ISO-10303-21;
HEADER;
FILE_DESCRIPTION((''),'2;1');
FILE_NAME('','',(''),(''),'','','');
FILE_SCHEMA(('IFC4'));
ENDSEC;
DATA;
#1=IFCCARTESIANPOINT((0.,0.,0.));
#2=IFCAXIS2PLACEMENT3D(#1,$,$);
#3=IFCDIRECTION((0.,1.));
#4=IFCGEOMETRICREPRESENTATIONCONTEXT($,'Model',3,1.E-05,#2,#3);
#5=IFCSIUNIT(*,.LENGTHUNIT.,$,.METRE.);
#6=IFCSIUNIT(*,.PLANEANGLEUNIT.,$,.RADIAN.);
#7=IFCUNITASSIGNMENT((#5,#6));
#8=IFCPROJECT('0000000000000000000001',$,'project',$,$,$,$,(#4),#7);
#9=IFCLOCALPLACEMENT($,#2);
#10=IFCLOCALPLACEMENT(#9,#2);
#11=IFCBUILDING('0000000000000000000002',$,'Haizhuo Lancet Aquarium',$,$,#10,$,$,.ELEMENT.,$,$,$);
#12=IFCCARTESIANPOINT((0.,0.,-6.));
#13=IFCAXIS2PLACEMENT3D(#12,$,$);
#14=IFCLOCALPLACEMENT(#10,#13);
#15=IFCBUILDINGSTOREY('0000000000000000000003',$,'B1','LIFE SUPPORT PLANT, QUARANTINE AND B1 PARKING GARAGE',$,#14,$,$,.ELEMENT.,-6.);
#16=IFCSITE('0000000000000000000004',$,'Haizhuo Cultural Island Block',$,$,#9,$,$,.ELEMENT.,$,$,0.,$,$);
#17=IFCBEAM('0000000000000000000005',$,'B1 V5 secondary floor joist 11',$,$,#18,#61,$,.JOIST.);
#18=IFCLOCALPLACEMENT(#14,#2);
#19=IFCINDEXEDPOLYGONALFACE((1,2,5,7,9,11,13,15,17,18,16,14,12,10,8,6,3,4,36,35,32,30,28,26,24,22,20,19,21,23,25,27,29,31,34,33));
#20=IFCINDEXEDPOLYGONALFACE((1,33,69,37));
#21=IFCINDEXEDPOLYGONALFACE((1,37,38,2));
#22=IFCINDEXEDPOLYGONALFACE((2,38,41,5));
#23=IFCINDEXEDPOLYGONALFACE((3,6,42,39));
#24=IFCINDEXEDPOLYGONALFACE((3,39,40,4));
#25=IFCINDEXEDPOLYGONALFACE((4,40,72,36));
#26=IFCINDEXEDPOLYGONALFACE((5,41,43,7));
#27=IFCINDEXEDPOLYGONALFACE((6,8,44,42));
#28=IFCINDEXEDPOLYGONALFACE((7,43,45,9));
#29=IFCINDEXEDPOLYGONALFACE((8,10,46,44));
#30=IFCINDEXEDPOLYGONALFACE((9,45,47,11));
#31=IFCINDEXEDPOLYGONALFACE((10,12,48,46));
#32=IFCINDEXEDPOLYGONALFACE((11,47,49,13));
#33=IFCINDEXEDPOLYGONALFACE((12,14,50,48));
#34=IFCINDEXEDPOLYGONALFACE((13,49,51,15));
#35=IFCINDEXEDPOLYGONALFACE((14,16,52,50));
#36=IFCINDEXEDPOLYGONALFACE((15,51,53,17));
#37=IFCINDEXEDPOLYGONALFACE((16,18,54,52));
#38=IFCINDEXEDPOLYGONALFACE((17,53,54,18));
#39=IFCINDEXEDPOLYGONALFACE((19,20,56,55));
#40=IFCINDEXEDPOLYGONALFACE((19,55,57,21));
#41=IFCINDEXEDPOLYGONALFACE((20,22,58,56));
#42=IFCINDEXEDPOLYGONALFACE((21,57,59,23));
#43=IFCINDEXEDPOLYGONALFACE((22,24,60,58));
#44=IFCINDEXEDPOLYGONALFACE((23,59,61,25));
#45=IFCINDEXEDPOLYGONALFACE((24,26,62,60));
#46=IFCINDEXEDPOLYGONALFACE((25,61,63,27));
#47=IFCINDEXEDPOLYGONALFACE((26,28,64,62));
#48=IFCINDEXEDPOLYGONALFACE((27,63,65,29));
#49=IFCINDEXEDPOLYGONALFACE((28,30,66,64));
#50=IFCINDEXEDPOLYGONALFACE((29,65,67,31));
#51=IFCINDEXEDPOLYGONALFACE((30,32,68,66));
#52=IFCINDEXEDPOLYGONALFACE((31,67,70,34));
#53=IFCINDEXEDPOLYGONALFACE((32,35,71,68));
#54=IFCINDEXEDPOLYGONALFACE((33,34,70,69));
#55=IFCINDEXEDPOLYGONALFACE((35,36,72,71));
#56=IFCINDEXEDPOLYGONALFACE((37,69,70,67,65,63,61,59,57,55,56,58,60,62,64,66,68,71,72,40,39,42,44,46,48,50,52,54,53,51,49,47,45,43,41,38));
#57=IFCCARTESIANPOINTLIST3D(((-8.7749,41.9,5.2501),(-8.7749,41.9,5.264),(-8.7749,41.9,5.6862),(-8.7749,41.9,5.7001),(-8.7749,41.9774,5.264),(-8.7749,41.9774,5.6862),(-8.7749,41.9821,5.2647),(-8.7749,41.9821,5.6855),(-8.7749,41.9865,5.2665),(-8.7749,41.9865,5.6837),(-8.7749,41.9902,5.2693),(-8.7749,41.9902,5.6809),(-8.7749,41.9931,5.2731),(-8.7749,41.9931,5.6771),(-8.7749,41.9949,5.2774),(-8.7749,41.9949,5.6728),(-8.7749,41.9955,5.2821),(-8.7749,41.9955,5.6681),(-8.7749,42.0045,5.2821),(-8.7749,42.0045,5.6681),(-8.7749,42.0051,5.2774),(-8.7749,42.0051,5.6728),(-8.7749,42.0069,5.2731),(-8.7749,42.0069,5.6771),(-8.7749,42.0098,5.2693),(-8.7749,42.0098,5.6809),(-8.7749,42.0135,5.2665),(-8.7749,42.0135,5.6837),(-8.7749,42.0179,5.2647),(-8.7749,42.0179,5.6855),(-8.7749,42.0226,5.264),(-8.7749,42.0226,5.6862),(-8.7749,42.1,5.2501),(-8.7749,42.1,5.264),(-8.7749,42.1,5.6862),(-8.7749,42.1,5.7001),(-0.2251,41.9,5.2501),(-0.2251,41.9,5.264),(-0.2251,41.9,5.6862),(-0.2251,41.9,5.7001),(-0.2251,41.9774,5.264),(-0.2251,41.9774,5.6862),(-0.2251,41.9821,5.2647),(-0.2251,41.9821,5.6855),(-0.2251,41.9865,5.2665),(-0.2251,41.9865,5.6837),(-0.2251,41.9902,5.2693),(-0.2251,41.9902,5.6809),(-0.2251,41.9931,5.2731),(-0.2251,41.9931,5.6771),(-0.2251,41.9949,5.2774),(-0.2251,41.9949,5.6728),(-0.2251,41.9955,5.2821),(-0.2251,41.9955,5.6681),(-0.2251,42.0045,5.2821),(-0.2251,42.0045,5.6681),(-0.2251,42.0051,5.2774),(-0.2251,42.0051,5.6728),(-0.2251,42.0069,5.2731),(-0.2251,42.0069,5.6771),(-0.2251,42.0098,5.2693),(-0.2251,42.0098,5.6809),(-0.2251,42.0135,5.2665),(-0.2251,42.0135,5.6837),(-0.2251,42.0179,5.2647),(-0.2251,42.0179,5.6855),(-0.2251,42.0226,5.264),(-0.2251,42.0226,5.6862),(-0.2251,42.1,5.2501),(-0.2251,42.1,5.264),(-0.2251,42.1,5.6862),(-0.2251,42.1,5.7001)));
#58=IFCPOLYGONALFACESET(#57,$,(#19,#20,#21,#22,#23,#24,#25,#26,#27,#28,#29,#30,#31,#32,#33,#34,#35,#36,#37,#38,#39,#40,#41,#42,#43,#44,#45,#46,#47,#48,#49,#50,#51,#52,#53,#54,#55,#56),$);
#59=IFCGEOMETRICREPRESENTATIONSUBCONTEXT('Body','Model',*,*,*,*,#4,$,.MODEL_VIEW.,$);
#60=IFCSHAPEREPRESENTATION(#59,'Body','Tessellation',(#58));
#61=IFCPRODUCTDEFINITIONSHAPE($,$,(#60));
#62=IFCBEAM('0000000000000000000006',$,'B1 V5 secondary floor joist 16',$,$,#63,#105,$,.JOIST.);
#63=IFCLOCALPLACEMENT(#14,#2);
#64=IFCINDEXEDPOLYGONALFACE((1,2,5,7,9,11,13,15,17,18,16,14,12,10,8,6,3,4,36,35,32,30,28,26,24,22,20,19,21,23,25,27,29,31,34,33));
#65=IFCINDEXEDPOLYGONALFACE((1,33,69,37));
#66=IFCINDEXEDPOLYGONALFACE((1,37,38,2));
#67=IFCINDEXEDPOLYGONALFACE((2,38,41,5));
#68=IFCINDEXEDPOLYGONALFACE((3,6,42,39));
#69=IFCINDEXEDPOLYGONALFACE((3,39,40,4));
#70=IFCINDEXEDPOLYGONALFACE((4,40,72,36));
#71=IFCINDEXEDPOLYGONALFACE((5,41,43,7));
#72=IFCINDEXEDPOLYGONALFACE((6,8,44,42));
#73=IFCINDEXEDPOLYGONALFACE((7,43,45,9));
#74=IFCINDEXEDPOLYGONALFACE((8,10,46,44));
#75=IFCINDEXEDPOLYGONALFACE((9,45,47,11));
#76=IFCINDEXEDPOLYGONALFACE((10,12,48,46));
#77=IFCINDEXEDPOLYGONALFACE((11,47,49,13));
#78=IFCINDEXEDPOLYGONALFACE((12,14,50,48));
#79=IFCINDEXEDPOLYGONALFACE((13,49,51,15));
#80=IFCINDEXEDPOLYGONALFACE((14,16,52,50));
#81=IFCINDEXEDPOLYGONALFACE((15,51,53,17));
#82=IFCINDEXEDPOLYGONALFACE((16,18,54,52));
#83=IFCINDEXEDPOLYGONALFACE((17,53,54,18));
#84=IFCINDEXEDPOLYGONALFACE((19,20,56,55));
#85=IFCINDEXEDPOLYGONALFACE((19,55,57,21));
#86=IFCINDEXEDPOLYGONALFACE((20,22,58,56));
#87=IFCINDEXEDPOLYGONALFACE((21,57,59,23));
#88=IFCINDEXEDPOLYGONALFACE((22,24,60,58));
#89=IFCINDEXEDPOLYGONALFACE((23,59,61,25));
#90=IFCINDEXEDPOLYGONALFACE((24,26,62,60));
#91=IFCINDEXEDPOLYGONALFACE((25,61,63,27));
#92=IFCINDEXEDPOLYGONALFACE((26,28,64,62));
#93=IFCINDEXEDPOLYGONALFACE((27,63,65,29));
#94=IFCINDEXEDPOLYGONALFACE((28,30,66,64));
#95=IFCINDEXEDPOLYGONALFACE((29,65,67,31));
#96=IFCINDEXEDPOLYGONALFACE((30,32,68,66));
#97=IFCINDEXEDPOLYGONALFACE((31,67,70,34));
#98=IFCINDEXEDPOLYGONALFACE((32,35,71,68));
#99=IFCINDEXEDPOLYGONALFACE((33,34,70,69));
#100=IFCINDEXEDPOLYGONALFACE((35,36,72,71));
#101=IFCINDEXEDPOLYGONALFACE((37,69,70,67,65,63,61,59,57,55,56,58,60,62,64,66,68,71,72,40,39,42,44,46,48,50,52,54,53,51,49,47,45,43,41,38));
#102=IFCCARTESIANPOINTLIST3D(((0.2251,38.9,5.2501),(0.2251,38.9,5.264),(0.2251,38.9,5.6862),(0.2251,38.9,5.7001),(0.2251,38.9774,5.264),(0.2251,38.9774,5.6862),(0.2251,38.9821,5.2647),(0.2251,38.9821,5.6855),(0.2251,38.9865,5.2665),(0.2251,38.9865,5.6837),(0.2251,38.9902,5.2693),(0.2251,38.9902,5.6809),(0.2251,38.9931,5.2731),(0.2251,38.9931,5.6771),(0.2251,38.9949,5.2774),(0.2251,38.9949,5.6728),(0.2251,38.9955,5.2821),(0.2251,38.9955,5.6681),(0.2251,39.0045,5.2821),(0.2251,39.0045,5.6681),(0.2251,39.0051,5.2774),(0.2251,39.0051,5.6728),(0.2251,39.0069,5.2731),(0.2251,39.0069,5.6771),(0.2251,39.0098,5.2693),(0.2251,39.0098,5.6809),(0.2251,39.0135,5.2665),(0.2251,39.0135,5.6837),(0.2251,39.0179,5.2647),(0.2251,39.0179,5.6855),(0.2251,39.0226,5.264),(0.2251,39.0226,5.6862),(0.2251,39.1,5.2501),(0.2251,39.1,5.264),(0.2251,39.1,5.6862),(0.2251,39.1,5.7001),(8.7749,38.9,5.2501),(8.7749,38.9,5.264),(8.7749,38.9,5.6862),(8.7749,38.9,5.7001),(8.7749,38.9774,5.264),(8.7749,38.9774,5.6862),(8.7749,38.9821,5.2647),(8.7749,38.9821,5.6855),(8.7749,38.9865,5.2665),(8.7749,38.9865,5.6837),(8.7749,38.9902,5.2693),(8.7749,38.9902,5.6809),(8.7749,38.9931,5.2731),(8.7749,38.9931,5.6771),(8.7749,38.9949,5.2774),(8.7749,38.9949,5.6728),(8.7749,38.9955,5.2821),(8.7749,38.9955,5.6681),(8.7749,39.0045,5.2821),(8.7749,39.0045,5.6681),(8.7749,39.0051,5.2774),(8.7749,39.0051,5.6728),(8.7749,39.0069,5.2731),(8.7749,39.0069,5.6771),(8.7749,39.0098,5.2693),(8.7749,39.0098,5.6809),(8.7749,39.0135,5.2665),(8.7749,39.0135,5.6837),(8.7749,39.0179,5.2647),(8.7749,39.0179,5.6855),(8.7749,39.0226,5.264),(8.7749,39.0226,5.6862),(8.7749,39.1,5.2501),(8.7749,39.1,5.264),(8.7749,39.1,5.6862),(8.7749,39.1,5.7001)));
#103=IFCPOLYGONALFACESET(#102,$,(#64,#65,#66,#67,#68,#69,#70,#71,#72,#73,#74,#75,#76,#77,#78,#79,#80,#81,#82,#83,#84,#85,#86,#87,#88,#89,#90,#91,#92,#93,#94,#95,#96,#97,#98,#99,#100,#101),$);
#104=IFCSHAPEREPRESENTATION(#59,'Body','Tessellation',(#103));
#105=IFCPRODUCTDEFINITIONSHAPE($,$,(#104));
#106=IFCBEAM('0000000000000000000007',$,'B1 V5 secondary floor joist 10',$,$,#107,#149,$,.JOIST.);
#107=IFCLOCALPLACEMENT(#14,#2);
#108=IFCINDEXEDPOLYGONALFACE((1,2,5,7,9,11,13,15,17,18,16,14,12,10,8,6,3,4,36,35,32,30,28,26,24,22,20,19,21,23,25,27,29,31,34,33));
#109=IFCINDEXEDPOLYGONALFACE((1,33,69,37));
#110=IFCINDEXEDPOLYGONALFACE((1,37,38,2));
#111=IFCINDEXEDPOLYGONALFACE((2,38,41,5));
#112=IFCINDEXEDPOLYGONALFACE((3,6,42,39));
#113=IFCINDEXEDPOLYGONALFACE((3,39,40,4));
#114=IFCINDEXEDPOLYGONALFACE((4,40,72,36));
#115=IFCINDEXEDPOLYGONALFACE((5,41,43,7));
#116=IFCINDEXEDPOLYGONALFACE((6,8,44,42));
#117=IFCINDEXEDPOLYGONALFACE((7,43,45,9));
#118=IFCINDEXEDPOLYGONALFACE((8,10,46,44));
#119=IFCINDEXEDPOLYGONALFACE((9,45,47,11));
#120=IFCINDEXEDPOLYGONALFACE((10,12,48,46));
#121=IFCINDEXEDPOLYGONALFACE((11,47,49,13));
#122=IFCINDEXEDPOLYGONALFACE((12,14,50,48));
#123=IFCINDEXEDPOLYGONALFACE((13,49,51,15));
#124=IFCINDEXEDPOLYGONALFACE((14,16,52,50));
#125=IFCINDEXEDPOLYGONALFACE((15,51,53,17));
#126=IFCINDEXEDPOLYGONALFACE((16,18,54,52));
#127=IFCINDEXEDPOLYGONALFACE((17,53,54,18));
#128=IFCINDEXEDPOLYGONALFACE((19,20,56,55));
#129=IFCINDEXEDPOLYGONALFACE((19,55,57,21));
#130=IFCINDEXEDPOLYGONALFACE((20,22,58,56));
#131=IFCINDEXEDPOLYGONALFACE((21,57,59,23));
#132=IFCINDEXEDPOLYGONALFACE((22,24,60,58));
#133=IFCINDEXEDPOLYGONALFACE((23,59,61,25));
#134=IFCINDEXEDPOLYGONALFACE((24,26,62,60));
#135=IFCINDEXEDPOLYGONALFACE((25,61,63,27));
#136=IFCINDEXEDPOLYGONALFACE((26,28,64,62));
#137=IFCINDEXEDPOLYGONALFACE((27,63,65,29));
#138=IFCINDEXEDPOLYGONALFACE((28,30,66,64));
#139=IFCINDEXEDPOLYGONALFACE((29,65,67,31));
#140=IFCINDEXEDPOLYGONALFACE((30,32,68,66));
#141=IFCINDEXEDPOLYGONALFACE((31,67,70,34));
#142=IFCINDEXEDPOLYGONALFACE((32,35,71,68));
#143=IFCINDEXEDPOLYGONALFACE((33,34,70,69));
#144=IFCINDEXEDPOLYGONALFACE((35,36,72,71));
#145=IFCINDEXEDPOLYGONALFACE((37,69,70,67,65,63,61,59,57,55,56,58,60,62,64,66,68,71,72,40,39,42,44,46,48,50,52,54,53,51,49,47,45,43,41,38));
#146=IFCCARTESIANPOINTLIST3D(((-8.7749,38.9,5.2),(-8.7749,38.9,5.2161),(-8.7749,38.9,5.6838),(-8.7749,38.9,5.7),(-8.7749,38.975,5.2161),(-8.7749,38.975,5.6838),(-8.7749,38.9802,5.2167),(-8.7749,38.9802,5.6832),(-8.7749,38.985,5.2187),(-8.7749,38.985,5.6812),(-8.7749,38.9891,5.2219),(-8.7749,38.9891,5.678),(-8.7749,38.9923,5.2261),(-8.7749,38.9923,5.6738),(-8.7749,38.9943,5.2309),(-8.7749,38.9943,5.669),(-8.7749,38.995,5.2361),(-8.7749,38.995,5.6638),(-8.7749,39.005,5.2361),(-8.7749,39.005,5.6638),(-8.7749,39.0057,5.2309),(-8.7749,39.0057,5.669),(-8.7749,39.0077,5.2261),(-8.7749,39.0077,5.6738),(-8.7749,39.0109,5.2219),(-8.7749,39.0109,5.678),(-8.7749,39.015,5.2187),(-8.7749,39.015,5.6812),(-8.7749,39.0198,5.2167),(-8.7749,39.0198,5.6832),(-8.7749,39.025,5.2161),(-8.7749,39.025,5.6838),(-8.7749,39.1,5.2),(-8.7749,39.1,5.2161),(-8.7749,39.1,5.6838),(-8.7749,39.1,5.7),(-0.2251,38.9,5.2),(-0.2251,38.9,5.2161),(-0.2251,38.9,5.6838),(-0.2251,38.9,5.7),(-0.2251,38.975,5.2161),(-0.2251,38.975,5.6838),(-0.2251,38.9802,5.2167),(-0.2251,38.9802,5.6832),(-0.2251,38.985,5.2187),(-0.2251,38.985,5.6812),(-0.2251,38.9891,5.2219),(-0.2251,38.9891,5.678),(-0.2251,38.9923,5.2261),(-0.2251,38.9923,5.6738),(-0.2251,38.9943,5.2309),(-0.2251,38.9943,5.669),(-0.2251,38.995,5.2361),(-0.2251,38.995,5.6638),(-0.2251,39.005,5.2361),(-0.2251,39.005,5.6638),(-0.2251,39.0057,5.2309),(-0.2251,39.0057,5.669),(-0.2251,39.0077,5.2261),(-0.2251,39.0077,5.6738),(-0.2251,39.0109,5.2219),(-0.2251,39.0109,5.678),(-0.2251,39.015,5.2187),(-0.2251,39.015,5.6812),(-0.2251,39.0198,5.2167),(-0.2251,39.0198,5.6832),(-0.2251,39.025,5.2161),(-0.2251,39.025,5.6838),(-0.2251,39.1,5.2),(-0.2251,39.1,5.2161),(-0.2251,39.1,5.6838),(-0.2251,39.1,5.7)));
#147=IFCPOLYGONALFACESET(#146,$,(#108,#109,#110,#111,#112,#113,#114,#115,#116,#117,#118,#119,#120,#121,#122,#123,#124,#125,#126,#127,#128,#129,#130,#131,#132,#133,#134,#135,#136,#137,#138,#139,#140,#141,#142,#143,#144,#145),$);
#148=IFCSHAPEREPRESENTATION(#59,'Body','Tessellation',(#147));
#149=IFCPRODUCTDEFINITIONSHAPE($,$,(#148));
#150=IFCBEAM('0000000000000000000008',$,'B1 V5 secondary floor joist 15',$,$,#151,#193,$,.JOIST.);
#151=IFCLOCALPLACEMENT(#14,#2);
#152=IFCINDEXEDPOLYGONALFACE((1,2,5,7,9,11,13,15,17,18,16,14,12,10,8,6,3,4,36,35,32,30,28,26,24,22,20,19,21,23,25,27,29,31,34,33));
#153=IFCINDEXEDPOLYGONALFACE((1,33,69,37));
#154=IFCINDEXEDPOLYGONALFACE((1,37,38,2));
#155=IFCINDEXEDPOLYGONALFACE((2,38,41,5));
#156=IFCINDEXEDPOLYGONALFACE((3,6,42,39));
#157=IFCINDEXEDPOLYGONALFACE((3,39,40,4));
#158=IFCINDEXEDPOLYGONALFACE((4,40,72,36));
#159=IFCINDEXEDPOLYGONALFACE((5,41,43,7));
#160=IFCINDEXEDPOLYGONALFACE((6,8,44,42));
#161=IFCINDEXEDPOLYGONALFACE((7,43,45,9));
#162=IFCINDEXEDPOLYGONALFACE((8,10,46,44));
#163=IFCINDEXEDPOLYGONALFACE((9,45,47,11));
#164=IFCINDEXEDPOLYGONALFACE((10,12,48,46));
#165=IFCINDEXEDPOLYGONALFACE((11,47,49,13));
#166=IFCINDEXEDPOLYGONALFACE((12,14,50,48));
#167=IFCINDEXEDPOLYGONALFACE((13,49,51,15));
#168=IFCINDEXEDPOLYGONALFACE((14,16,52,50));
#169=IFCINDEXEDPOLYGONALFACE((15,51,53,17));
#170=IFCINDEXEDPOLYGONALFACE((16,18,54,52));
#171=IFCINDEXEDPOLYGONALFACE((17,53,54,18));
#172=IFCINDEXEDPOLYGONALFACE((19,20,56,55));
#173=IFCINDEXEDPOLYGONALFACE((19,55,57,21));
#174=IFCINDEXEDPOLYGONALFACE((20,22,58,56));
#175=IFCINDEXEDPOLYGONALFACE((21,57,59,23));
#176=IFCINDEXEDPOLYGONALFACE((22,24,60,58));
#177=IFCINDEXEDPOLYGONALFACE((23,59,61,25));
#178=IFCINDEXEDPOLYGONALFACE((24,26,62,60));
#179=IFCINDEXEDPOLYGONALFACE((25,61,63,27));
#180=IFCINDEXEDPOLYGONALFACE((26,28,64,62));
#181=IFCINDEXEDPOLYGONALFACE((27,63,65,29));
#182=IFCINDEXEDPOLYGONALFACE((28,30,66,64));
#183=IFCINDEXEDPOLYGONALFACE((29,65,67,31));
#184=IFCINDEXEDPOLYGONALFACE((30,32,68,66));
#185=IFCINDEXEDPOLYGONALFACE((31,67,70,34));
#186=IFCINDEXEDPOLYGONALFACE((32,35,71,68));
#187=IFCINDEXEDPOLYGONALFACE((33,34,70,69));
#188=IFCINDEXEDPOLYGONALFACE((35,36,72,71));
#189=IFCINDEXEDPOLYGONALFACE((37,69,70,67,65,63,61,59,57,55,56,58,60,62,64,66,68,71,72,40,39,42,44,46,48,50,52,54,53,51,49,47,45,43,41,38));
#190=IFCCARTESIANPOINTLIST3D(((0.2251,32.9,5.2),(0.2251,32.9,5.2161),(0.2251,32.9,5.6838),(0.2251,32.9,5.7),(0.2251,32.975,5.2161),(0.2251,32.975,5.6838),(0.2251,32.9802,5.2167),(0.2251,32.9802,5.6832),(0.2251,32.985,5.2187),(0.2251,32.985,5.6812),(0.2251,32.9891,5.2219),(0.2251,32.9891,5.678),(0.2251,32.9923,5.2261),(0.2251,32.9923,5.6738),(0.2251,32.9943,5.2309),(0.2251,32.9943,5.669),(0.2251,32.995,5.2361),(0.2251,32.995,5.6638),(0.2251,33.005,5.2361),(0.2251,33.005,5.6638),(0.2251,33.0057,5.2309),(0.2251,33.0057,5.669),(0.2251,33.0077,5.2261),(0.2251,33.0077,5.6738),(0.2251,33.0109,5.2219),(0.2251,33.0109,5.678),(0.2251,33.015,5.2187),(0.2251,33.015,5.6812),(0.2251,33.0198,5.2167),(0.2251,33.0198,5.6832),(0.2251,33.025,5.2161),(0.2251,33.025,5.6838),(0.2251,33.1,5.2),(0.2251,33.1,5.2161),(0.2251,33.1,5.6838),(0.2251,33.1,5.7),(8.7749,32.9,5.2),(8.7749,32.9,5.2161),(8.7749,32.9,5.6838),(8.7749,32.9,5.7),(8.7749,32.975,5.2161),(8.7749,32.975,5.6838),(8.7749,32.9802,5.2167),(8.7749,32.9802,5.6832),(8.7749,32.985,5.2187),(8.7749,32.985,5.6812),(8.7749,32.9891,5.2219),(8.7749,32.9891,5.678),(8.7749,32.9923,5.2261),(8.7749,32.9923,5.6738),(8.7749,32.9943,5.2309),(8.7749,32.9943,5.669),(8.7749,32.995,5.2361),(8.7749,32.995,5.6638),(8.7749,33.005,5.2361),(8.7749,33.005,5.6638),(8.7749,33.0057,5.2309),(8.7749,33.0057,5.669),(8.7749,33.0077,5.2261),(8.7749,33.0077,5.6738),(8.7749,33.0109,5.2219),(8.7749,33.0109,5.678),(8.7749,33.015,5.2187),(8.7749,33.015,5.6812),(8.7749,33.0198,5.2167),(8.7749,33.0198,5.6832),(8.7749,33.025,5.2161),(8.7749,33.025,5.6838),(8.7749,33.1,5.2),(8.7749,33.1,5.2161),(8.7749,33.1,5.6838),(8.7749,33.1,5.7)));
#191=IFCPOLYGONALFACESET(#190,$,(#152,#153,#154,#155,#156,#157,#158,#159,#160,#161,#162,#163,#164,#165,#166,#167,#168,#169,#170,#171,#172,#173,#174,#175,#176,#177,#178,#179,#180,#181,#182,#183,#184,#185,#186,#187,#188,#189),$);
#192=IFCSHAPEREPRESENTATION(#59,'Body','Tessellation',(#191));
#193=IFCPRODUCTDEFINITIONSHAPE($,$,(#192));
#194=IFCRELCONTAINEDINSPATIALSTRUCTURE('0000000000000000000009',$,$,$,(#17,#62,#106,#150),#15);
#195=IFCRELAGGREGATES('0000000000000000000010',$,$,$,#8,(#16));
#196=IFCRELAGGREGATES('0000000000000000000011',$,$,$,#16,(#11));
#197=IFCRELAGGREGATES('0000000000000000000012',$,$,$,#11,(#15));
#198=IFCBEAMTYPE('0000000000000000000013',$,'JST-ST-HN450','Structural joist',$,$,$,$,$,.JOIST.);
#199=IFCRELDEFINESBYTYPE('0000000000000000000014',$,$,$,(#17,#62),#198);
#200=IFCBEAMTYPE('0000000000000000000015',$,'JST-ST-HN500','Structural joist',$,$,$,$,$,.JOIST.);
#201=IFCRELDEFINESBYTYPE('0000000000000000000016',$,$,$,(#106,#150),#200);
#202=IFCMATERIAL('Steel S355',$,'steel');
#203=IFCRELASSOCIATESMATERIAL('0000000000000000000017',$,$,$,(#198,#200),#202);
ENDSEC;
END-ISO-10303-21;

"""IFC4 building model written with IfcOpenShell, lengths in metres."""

from ifc_helpers import new_model, si_unit, direction, frame, origin, origin_2d, place, context, subcontext, project, spatial, i_section, extrude, material, material_profile, profile_set, type_object, element, save


model = new_model("IFC4")

# Units and contexts
model_context = context("Model", 3, precision=1e-05, world=origin(), true_north=direction((0.0, 1.0)))
body_context = subcontext(model_context, "Body", "Model", "MODEL_VIEW")
ifc_project = project(units=[si_unit("LENGTHUNIT", "METRE"), si_unit("PLANEANGLEUNIT", "RADIAN")], contexts=[model_context])

# Site, building, storey
site_placement = place(None, origin())
site = spatial("IfcSite", under=ifc_project, at=site_placement, Name="Haizhuo Cultural Island Block", CompositionType="ELEMENT", RefElevation=0.0)
building_placement = place(site_placement, origin())
building = spatial("IfcBuilding", under=site, at=building_placement, Name="Haizhuo Lancet Aquarium", CompositionType="ELEMENT")
storey_placement = place(building_placement, frame((0.0, 0.0, -6.0)))
storey = spatial("IfcBuildingStorey", under=building, at=storey_placement, Name="B1", Description="LIFE SUPPORT PLANT, QUARANTINE AND B1 PARKING GARAGE", CompositionType="ELEMENT", Elevation=-6.0)

# Beams
ifc_material_1 = material(Name="Steel S355", Category="steel")
ifc_material_profile_1 = material_profile(ifc_material_1, i_section(OverallWidth=0.2, OverallDepth=0.45, WebThickness=0.009, FlangeThickness=0.0139, FilletRadius=0.0181, at=origin_2d()), Name="HN 450x200x9x14")
ifc_profile_set_1 = profile_set([ifc_material_profile_1], Name="Steel S355")
beam_type_1 = type_object("IfcBeamType", Name="JST-ST-HN450", Description="Structural joist", PredefinedType="JOIST", material=ifc_profile_set_1)
for number, where, z_axis, x_axis, name in (
    (1, (-8.7749, 42.0, 5.4751), (1.0, 0.0, 0.0), (0.0, 1.0, 0.0), "B1 V5 secondary floor joist 11"),
    (2, (0.2251, 39.0, 5.4751), (1.0, 0.0, 0.0), (0.0, 1.0, 0.0), "B1 V5 secondary floor joist 16"),
):
    element("IfcBeam", number, at=place(storey_placement, frame(where, z_axis=z_axis, x_axis=x_axis)), inside=storey, type_object=beam_type_1, Name=name, PredefinedType="JOIST", context=body_context, shape_type="SweptSolid", body=[
        extrude(i_section(OverallWidth=0.2, OverallDepth=0.45, WebThickness=0.009, FlangeThickness=0.0139, FilletRadius=0.0181, at=origin_2d()), origin(), (0.0, 0.0, 1.0), 8.5498),
    ])
ifc_material_profile_2 = material_profile(ifc_material_1, i_section(OverallWidth=0.2, OverallDepth=0.5, WebThickness=0.01, FlangeThickness=0.0161, FilletRadius=0.02, at=origin_2d()), Name="HN 500x200x10x16")
ifc_profile_set_2 = profile_set([ifc_material_profile_2], Name="Steel S355")
beam_type_2 = type_object("IfcBeamType", Name="JST-ST-HN500", Description="Structural joist", PredefinedType="JOIST", material=ifc_profile_set_2)
for number, where, z_axis, x_axis, name in (
    (3, (-8.7749, 39.0, 5.45), (1.0, 0.0, 0.0), (0.0, 1.0, 0.0), "B1 V5 secondary floor joist 10"),
    (4, (0.2251, 33.0, 5.45), (1.0, 0.0, 0.0), (0.0, 1.0, 0.0), "B1 V5 secondary floor joist 15"),
):
    element("IfcBeam", number, at=place(storey_placement, frame(where, z_axis=z_axis, x_axis=x_axis)), inside=storey, type_object=beam_type_2, Name=name, PredefinedType="JOIST", context=body_context, shape_type="SweptSolid", body=[
        extrude(i_section(OverallWidth=0.2, OverallDepth=0.5, WebThickness=0.01, FlangeThickness=0.0161, FilletRadius=0.02, at=origin_2d()), origin(), (0.0, 0.0, 1.0), 8.5498),
    ])

save(model, "model.ifc")
